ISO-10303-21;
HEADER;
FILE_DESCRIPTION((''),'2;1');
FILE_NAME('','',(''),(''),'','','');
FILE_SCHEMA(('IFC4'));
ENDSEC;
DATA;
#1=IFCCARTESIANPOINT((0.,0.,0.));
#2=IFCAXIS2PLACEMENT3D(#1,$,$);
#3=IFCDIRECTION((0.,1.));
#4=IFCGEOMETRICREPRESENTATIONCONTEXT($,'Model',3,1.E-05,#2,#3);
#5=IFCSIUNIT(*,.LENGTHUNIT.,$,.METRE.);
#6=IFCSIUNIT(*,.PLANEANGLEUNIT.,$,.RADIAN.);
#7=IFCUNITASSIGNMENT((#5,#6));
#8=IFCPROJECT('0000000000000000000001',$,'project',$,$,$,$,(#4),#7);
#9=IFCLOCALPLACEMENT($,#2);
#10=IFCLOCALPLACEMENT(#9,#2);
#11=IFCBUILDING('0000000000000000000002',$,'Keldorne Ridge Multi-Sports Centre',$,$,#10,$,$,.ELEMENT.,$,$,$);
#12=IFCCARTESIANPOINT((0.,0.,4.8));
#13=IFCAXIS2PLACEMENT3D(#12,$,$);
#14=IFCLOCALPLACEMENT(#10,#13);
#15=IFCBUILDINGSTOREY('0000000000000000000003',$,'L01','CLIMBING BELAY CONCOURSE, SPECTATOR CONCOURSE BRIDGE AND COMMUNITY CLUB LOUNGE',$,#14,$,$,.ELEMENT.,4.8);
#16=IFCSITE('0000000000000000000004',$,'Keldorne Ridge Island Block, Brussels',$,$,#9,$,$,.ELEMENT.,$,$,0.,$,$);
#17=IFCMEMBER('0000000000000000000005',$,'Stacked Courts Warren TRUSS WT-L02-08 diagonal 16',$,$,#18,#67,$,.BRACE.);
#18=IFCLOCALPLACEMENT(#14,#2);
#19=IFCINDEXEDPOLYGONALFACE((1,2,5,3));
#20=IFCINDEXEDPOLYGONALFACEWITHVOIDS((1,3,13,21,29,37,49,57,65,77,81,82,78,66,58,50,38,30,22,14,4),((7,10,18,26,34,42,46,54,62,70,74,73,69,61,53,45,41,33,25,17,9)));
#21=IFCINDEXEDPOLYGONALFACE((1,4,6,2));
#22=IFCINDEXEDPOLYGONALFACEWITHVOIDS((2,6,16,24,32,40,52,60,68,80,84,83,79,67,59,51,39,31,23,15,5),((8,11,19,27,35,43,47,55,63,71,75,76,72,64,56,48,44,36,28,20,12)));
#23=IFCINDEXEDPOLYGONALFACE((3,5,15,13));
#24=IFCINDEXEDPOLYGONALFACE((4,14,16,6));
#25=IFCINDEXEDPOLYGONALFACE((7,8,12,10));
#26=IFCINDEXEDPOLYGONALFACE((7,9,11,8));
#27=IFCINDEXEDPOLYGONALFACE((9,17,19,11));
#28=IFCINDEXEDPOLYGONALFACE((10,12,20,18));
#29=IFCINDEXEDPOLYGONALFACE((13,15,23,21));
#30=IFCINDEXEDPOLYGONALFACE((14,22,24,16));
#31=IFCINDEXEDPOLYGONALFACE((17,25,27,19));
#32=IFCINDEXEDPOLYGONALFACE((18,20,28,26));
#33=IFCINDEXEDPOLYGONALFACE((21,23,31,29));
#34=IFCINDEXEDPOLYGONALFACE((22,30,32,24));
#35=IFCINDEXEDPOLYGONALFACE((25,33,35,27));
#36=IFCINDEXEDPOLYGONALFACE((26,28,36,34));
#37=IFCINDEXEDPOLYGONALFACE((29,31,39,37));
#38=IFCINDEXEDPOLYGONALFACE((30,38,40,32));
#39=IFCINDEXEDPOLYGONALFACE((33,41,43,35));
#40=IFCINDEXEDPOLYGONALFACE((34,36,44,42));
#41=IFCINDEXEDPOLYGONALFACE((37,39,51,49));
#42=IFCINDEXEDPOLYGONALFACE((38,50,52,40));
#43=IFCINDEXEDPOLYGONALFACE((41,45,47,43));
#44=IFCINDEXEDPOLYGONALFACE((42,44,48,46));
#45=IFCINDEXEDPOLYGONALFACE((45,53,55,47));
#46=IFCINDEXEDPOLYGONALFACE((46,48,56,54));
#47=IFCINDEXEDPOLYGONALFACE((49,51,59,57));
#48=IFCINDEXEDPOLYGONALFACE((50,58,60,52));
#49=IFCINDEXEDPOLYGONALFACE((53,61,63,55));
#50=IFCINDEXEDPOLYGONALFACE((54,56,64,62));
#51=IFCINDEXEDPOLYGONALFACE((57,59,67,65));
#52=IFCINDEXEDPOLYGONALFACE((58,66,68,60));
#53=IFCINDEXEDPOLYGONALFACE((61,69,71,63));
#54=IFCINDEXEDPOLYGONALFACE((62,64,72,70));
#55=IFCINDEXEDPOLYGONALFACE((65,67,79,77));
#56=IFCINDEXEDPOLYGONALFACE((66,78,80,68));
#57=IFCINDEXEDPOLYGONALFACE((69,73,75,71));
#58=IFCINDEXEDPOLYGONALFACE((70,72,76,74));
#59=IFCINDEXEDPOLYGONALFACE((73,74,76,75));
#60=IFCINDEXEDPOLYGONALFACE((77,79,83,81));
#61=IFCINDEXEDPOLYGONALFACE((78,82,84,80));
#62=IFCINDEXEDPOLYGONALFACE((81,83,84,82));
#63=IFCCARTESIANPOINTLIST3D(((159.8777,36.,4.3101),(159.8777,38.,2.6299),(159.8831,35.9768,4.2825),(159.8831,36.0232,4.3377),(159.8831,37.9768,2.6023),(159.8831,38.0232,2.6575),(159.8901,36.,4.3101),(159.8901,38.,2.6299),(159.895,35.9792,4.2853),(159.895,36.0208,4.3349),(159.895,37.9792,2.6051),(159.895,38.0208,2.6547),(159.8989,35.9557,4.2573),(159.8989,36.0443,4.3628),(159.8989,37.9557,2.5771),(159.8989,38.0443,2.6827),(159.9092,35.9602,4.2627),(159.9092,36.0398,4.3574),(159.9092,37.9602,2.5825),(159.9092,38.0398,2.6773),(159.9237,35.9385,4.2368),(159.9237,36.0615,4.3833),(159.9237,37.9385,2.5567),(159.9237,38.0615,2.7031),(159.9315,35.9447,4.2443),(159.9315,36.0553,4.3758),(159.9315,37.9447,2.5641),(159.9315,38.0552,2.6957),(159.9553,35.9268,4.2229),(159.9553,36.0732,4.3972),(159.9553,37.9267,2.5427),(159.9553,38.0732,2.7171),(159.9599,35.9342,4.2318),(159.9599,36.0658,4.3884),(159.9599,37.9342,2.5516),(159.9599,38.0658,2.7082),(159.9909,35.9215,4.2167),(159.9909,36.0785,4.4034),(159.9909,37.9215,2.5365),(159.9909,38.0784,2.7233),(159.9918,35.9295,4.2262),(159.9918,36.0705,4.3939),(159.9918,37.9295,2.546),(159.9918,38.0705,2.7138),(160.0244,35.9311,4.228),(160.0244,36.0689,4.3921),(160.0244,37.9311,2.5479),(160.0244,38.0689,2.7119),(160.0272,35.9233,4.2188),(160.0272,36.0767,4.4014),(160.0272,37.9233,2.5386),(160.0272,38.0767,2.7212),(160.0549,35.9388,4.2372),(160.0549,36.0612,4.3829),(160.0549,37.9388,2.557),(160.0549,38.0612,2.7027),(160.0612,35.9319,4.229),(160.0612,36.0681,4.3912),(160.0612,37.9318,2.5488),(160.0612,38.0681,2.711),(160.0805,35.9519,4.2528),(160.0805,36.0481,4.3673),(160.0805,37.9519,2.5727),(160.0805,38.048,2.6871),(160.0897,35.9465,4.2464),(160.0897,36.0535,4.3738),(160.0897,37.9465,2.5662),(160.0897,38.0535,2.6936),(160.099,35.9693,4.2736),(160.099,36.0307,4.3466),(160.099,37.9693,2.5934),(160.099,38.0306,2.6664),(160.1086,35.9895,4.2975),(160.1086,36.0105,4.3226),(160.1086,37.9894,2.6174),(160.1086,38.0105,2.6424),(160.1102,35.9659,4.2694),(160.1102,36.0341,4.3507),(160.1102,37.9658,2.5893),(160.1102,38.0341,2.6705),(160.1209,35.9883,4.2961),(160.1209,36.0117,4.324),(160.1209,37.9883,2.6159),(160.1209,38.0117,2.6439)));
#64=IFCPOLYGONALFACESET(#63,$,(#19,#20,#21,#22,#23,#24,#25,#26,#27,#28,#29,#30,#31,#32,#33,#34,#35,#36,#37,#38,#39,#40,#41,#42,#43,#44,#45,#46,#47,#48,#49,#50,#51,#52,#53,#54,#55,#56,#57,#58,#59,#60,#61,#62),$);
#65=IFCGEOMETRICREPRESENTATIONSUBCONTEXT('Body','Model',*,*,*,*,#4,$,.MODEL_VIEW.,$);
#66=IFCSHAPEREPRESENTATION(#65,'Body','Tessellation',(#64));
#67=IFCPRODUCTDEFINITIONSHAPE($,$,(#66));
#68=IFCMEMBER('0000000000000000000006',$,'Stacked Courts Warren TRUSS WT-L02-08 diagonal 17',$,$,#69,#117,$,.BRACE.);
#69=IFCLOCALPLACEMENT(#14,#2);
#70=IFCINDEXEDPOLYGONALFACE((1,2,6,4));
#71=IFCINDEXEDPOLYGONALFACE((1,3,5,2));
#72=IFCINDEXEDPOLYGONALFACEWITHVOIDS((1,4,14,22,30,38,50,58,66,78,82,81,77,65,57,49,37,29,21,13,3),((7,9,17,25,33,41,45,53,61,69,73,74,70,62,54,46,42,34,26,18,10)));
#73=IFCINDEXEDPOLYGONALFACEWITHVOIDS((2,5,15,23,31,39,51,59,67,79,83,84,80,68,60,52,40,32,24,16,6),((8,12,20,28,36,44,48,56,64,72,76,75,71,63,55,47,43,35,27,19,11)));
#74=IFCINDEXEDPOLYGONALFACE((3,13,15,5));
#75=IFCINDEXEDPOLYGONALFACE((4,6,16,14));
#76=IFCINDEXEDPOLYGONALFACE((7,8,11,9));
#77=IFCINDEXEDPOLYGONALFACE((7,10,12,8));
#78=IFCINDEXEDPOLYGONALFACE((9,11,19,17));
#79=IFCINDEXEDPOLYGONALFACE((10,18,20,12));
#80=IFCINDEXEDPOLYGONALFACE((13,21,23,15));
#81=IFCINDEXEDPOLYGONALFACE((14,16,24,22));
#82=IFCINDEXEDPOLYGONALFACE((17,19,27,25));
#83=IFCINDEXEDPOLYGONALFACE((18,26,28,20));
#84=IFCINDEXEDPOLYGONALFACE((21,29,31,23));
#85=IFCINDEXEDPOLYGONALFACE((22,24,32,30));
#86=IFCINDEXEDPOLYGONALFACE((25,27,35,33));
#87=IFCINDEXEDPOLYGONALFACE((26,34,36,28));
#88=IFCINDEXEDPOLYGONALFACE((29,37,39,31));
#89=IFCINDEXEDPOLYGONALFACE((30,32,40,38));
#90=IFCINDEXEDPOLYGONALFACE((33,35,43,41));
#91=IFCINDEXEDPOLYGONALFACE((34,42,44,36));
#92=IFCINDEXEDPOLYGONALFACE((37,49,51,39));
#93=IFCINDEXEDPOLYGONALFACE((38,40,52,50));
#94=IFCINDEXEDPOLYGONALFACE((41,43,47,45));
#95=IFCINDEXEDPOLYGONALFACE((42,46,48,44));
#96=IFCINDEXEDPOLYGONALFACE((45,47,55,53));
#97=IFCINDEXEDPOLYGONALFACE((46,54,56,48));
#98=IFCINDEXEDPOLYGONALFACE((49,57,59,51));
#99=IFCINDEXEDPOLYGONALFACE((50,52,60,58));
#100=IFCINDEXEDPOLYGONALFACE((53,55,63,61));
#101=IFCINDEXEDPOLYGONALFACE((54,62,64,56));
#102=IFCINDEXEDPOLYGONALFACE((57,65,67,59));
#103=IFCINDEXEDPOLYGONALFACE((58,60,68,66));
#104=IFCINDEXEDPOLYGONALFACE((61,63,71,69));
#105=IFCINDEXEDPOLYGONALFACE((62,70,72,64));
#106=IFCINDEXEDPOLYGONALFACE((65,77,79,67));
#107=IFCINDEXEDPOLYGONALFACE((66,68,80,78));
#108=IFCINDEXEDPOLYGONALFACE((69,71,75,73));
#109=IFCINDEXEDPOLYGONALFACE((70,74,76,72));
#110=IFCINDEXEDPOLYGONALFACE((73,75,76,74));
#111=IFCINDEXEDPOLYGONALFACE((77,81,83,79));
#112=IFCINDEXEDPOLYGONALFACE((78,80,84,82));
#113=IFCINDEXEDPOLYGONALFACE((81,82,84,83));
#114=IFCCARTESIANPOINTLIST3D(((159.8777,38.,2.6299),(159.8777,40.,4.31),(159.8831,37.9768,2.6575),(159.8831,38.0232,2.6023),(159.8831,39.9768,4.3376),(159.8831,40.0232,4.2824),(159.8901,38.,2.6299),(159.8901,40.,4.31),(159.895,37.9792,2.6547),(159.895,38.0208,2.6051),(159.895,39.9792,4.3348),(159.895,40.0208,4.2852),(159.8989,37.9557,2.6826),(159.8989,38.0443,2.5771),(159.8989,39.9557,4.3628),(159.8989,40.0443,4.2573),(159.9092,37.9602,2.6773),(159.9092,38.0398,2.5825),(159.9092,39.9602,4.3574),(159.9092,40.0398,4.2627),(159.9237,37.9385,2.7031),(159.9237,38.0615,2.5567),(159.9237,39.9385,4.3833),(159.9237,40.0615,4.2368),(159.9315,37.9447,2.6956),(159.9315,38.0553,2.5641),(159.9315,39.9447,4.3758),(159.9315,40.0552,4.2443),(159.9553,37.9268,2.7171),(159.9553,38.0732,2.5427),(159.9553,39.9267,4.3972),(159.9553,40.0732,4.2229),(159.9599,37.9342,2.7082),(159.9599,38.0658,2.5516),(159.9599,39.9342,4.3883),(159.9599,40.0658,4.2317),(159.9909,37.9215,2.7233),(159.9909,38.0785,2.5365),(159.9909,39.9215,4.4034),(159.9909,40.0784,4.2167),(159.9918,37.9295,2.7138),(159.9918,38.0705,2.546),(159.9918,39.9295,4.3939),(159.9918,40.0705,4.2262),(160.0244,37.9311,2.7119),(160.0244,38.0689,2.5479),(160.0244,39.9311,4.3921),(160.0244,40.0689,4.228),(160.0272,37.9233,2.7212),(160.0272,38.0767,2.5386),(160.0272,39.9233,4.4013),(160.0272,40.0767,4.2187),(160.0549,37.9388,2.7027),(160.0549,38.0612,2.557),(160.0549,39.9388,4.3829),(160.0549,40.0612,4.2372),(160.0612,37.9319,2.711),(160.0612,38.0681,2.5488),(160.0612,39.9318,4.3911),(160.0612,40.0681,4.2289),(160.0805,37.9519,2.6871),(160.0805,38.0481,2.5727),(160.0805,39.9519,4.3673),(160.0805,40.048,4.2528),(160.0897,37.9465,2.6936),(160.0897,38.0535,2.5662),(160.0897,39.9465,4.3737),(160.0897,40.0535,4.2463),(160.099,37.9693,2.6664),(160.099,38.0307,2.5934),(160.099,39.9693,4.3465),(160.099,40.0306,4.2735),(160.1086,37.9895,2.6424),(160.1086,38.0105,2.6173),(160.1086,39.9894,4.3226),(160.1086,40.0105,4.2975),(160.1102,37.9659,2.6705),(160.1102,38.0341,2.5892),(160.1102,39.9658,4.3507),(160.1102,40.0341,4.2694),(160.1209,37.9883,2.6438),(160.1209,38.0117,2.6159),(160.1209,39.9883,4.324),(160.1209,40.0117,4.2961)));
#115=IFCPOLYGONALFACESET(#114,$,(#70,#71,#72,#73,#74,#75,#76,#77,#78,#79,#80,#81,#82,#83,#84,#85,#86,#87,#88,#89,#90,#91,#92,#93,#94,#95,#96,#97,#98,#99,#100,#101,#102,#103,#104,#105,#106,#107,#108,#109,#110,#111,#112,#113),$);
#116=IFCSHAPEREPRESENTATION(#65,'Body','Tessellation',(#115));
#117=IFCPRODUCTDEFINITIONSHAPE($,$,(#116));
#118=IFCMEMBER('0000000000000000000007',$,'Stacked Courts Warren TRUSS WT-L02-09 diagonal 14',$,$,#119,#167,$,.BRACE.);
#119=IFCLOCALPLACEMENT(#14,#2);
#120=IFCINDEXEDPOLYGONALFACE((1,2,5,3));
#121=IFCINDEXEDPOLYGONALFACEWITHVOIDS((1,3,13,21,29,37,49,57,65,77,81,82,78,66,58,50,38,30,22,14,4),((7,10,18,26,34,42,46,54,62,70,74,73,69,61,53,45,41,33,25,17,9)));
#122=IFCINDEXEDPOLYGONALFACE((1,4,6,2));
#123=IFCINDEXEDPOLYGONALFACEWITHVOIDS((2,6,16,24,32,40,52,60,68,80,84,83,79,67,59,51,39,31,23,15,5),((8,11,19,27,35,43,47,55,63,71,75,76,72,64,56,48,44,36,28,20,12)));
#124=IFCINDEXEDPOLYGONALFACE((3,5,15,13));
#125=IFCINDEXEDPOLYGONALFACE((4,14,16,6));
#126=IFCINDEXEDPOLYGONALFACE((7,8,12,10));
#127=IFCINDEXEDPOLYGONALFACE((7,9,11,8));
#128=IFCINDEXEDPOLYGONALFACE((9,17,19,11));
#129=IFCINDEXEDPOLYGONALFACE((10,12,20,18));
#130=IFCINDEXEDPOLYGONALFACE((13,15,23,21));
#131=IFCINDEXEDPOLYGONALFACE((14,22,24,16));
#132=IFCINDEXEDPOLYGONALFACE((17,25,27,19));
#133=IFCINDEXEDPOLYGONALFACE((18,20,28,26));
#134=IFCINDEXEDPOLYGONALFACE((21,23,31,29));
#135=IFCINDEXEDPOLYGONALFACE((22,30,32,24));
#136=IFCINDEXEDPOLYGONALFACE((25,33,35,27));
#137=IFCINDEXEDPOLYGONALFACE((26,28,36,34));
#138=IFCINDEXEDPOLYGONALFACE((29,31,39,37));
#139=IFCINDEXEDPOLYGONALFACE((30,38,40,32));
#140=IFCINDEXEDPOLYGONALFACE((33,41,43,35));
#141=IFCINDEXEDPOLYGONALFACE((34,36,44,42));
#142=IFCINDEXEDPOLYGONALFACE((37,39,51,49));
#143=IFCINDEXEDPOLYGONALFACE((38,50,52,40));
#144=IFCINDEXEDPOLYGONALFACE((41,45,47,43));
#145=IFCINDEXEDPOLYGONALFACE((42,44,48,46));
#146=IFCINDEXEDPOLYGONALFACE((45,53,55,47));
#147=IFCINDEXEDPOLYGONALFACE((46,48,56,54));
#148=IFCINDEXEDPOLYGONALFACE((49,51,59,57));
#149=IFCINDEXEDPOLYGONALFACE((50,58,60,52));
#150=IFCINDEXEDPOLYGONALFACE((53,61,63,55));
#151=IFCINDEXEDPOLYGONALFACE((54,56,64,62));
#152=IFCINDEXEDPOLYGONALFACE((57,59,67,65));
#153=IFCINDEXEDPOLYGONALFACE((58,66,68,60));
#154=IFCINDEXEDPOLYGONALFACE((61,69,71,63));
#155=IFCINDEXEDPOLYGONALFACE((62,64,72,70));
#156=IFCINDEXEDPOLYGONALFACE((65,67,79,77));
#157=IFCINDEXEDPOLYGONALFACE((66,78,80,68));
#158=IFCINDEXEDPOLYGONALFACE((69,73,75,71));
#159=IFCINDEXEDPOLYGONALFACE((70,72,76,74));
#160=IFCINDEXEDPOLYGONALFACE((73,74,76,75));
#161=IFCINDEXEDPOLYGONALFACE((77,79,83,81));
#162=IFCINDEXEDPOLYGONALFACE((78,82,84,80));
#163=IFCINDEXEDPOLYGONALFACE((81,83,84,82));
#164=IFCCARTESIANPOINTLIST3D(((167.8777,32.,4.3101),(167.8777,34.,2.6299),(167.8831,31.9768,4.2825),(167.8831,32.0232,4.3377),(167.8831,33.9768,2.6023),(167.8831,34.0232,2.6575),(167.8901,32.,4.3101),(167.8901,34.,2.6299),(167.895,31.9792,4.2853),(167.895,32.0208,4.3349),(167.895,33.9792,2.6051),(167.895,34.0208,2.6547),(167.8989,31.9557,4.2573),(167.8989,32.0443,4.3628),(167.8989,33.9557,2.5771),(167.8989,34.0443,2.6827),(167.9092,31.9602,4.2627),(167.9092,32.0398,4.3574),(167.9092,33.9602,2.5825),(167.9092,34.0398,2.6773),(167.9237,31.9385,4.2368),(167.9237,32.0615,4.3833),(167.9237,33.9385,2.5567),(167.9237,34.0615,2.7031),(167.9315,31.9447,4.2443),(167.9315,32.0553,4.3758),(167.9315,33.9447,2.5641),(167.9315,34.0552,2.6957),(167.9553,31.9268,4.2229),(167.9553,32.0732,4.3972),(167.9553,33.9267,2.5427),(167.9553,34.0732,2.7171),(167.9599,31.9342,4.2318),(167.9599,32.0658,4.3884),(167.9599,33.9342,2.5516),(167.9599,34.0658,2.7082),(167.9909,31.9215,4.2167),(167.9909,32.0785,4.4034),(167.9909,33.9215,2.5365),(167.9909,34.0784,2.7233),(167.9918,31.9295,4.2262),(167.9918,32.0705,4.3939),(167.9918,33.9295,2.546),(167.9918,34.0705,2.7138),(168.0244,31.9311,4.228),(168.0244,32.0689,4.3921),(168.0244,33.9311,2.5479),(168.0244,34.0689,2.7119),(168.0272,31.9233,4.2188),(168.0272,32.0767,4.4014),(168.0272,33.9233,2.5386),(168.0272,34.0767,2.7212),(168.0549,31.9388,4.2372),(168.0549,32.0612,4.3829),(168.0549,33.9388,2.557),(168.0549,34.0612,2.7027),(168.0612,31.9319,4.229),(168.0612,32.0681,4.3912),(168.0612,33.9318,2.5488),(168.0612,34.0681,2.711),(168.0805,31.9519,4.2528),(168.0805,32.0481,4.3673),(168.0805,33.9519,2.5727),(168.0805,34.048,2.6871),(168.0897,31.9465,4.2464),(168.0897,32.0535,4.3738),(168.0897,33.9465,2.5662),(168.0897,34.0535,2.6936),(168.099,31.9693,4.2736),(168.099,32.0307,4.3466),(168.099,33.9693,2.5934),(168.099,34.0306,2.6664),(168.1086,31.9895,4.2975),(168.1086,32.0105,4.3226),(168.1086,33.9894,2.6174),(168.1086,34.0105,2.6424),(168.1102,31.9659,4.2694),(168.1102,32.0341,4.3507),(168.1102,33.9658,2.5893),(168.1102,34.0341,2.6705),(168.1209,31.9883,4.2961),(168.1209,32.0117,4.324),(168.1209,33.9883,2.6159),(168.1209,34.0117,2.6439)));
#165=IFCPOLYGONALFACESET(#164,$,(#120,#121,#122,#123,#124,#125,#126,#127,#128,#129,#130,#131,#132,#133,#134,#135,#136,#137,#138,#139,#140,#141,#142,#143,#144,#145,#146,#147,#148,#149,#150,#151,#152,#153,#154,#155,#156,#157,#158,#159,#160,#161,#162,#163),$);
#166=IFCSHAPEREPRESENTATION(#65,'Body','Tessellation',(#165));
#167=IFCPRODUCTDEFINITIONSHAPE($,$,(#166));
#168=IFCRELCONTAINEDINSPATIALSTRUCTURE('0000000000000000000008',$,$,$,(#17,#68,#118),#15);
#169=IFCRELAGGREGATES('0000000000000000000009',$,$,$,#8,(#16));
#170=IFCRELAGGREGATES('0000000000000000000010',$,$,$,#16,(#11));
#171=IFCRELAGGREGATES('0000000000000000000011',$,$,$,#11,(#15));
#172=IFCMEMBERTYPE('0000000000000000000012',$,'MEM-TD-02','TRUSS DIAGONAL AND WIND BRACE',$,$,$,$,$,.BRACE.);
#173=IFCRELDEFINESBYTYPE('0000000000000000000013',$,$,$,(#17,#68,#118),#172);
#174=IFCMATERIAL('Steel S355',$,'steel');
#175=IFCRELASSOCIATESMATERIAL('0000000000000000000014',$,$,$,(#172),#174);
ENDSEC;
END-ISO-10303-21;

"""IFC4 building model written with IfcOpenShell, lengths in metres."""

from ifc_helpers import new_model, si_unit, direction, frame, origin, origin_2d, place, context, subcontext, project, spatial, hollow_circle, extrude, material, material_profile, profile_set, type_object, element, save


model = new_model("IFC4")

# Units and contexts
model_context = context("Model", 3, precision=1e-05, world=origin(), true_north=direction((0.0, 1.0)))
body_context = subcontext(model_context, "Body", "Model", "MODEL_VIEW")
ifc_project = project(units=[si_unit("LENGTHUNIT", "METRE"), si_unit("PLANEANGLEUNIT", "RADIAN")], contexts=[model_context])

# Site, building, storey
site_placement = place(None, origin())
site = spatial("IfcSite", under=ifc_project, at=site_placement, Name="Keldorne Ridge Island Block, Brussels", CompositionType="ELEMENT", RefElevation=0.0)
building_placement = place(site_placement, origin())
building = spatial("IfcBuilding", under=site, at=building_placement, Name="Keldorne Ridge Multi-Sports Centre", CompositionType="ELEMENT")
storey_placement = place(building_placement, frame((0.0, 0.0, 4.8)))
storey = spatial("IfcBuildingStorey", under=building, at=storey_placement, Name="L01", Description="CLIMBING BELAY CONCOURSE, SPECTATOR CONCOURSE BRIDGE AND COMMUNITY CLUB LOUNGE", CompositionType="ELEMENT", Elevation=4.8)

# Shared definitions
ifc_material_1 = material(Name="Steel S355", Category="steel")

# Members
ifc_material_profile_1 = material_profile(ifc_material_1, hollow_circle(Radius=0.1223, WallThickness=0.0125, at=origin_2d()), Name="CHS 244.5x12.5")
ifc_profile_set_1 = profile_set([ifc_material_profile_1], Name="Steel S355")
member_type_1 = type_object("IfcMemberType", Name="MEM-TD-02", Description="TRUSS DIAGONAL AND WIND BRACE", PredefinedType="BRACE", material=ifc_profile_set_1)
for number, where, z_axis, x_axis, name in (
    (1, (160.0, 36.0, 4.3101), (0.0, 0.765672, -0.643232), (-1.0, 0.0, 0.0), "Stacked Courts Warren TRUSS WT-L02-08 diagonal 16"),
    (2, (160.0, 38.0, 2.6299), (0.0, 0.765672, 0.643232), (-1.0, 0.0, 0.0), "Stacked Courts Warren TRUSS WT-L02-08 diagonal 17"),
    (3, (168.0, 32.0, 4.3101), (0.0, 0.765672, -0.643232), (-1.0, 0.0, 0.0), "Stacked Courts Warren TRUSS WT-L02-09 diagonal 14"),
):
    element("IfcMember", number, at=place(storey_placement, frame(where, z_axis=z_axis, x_axis=x_axis)), inside=storey, type_object=member_type_1, Name=name, PredefinedType="BRACE", context=body_context, shape_type="SweptSolid", body=[
        extrude(hollow_circle(Radius=0.1223, WallThickness=0.0125, at=origin_2d()), origin(), (0.0, 0.0, 1.0), 2.6121),
    ])

save(model, "model.ifc")
